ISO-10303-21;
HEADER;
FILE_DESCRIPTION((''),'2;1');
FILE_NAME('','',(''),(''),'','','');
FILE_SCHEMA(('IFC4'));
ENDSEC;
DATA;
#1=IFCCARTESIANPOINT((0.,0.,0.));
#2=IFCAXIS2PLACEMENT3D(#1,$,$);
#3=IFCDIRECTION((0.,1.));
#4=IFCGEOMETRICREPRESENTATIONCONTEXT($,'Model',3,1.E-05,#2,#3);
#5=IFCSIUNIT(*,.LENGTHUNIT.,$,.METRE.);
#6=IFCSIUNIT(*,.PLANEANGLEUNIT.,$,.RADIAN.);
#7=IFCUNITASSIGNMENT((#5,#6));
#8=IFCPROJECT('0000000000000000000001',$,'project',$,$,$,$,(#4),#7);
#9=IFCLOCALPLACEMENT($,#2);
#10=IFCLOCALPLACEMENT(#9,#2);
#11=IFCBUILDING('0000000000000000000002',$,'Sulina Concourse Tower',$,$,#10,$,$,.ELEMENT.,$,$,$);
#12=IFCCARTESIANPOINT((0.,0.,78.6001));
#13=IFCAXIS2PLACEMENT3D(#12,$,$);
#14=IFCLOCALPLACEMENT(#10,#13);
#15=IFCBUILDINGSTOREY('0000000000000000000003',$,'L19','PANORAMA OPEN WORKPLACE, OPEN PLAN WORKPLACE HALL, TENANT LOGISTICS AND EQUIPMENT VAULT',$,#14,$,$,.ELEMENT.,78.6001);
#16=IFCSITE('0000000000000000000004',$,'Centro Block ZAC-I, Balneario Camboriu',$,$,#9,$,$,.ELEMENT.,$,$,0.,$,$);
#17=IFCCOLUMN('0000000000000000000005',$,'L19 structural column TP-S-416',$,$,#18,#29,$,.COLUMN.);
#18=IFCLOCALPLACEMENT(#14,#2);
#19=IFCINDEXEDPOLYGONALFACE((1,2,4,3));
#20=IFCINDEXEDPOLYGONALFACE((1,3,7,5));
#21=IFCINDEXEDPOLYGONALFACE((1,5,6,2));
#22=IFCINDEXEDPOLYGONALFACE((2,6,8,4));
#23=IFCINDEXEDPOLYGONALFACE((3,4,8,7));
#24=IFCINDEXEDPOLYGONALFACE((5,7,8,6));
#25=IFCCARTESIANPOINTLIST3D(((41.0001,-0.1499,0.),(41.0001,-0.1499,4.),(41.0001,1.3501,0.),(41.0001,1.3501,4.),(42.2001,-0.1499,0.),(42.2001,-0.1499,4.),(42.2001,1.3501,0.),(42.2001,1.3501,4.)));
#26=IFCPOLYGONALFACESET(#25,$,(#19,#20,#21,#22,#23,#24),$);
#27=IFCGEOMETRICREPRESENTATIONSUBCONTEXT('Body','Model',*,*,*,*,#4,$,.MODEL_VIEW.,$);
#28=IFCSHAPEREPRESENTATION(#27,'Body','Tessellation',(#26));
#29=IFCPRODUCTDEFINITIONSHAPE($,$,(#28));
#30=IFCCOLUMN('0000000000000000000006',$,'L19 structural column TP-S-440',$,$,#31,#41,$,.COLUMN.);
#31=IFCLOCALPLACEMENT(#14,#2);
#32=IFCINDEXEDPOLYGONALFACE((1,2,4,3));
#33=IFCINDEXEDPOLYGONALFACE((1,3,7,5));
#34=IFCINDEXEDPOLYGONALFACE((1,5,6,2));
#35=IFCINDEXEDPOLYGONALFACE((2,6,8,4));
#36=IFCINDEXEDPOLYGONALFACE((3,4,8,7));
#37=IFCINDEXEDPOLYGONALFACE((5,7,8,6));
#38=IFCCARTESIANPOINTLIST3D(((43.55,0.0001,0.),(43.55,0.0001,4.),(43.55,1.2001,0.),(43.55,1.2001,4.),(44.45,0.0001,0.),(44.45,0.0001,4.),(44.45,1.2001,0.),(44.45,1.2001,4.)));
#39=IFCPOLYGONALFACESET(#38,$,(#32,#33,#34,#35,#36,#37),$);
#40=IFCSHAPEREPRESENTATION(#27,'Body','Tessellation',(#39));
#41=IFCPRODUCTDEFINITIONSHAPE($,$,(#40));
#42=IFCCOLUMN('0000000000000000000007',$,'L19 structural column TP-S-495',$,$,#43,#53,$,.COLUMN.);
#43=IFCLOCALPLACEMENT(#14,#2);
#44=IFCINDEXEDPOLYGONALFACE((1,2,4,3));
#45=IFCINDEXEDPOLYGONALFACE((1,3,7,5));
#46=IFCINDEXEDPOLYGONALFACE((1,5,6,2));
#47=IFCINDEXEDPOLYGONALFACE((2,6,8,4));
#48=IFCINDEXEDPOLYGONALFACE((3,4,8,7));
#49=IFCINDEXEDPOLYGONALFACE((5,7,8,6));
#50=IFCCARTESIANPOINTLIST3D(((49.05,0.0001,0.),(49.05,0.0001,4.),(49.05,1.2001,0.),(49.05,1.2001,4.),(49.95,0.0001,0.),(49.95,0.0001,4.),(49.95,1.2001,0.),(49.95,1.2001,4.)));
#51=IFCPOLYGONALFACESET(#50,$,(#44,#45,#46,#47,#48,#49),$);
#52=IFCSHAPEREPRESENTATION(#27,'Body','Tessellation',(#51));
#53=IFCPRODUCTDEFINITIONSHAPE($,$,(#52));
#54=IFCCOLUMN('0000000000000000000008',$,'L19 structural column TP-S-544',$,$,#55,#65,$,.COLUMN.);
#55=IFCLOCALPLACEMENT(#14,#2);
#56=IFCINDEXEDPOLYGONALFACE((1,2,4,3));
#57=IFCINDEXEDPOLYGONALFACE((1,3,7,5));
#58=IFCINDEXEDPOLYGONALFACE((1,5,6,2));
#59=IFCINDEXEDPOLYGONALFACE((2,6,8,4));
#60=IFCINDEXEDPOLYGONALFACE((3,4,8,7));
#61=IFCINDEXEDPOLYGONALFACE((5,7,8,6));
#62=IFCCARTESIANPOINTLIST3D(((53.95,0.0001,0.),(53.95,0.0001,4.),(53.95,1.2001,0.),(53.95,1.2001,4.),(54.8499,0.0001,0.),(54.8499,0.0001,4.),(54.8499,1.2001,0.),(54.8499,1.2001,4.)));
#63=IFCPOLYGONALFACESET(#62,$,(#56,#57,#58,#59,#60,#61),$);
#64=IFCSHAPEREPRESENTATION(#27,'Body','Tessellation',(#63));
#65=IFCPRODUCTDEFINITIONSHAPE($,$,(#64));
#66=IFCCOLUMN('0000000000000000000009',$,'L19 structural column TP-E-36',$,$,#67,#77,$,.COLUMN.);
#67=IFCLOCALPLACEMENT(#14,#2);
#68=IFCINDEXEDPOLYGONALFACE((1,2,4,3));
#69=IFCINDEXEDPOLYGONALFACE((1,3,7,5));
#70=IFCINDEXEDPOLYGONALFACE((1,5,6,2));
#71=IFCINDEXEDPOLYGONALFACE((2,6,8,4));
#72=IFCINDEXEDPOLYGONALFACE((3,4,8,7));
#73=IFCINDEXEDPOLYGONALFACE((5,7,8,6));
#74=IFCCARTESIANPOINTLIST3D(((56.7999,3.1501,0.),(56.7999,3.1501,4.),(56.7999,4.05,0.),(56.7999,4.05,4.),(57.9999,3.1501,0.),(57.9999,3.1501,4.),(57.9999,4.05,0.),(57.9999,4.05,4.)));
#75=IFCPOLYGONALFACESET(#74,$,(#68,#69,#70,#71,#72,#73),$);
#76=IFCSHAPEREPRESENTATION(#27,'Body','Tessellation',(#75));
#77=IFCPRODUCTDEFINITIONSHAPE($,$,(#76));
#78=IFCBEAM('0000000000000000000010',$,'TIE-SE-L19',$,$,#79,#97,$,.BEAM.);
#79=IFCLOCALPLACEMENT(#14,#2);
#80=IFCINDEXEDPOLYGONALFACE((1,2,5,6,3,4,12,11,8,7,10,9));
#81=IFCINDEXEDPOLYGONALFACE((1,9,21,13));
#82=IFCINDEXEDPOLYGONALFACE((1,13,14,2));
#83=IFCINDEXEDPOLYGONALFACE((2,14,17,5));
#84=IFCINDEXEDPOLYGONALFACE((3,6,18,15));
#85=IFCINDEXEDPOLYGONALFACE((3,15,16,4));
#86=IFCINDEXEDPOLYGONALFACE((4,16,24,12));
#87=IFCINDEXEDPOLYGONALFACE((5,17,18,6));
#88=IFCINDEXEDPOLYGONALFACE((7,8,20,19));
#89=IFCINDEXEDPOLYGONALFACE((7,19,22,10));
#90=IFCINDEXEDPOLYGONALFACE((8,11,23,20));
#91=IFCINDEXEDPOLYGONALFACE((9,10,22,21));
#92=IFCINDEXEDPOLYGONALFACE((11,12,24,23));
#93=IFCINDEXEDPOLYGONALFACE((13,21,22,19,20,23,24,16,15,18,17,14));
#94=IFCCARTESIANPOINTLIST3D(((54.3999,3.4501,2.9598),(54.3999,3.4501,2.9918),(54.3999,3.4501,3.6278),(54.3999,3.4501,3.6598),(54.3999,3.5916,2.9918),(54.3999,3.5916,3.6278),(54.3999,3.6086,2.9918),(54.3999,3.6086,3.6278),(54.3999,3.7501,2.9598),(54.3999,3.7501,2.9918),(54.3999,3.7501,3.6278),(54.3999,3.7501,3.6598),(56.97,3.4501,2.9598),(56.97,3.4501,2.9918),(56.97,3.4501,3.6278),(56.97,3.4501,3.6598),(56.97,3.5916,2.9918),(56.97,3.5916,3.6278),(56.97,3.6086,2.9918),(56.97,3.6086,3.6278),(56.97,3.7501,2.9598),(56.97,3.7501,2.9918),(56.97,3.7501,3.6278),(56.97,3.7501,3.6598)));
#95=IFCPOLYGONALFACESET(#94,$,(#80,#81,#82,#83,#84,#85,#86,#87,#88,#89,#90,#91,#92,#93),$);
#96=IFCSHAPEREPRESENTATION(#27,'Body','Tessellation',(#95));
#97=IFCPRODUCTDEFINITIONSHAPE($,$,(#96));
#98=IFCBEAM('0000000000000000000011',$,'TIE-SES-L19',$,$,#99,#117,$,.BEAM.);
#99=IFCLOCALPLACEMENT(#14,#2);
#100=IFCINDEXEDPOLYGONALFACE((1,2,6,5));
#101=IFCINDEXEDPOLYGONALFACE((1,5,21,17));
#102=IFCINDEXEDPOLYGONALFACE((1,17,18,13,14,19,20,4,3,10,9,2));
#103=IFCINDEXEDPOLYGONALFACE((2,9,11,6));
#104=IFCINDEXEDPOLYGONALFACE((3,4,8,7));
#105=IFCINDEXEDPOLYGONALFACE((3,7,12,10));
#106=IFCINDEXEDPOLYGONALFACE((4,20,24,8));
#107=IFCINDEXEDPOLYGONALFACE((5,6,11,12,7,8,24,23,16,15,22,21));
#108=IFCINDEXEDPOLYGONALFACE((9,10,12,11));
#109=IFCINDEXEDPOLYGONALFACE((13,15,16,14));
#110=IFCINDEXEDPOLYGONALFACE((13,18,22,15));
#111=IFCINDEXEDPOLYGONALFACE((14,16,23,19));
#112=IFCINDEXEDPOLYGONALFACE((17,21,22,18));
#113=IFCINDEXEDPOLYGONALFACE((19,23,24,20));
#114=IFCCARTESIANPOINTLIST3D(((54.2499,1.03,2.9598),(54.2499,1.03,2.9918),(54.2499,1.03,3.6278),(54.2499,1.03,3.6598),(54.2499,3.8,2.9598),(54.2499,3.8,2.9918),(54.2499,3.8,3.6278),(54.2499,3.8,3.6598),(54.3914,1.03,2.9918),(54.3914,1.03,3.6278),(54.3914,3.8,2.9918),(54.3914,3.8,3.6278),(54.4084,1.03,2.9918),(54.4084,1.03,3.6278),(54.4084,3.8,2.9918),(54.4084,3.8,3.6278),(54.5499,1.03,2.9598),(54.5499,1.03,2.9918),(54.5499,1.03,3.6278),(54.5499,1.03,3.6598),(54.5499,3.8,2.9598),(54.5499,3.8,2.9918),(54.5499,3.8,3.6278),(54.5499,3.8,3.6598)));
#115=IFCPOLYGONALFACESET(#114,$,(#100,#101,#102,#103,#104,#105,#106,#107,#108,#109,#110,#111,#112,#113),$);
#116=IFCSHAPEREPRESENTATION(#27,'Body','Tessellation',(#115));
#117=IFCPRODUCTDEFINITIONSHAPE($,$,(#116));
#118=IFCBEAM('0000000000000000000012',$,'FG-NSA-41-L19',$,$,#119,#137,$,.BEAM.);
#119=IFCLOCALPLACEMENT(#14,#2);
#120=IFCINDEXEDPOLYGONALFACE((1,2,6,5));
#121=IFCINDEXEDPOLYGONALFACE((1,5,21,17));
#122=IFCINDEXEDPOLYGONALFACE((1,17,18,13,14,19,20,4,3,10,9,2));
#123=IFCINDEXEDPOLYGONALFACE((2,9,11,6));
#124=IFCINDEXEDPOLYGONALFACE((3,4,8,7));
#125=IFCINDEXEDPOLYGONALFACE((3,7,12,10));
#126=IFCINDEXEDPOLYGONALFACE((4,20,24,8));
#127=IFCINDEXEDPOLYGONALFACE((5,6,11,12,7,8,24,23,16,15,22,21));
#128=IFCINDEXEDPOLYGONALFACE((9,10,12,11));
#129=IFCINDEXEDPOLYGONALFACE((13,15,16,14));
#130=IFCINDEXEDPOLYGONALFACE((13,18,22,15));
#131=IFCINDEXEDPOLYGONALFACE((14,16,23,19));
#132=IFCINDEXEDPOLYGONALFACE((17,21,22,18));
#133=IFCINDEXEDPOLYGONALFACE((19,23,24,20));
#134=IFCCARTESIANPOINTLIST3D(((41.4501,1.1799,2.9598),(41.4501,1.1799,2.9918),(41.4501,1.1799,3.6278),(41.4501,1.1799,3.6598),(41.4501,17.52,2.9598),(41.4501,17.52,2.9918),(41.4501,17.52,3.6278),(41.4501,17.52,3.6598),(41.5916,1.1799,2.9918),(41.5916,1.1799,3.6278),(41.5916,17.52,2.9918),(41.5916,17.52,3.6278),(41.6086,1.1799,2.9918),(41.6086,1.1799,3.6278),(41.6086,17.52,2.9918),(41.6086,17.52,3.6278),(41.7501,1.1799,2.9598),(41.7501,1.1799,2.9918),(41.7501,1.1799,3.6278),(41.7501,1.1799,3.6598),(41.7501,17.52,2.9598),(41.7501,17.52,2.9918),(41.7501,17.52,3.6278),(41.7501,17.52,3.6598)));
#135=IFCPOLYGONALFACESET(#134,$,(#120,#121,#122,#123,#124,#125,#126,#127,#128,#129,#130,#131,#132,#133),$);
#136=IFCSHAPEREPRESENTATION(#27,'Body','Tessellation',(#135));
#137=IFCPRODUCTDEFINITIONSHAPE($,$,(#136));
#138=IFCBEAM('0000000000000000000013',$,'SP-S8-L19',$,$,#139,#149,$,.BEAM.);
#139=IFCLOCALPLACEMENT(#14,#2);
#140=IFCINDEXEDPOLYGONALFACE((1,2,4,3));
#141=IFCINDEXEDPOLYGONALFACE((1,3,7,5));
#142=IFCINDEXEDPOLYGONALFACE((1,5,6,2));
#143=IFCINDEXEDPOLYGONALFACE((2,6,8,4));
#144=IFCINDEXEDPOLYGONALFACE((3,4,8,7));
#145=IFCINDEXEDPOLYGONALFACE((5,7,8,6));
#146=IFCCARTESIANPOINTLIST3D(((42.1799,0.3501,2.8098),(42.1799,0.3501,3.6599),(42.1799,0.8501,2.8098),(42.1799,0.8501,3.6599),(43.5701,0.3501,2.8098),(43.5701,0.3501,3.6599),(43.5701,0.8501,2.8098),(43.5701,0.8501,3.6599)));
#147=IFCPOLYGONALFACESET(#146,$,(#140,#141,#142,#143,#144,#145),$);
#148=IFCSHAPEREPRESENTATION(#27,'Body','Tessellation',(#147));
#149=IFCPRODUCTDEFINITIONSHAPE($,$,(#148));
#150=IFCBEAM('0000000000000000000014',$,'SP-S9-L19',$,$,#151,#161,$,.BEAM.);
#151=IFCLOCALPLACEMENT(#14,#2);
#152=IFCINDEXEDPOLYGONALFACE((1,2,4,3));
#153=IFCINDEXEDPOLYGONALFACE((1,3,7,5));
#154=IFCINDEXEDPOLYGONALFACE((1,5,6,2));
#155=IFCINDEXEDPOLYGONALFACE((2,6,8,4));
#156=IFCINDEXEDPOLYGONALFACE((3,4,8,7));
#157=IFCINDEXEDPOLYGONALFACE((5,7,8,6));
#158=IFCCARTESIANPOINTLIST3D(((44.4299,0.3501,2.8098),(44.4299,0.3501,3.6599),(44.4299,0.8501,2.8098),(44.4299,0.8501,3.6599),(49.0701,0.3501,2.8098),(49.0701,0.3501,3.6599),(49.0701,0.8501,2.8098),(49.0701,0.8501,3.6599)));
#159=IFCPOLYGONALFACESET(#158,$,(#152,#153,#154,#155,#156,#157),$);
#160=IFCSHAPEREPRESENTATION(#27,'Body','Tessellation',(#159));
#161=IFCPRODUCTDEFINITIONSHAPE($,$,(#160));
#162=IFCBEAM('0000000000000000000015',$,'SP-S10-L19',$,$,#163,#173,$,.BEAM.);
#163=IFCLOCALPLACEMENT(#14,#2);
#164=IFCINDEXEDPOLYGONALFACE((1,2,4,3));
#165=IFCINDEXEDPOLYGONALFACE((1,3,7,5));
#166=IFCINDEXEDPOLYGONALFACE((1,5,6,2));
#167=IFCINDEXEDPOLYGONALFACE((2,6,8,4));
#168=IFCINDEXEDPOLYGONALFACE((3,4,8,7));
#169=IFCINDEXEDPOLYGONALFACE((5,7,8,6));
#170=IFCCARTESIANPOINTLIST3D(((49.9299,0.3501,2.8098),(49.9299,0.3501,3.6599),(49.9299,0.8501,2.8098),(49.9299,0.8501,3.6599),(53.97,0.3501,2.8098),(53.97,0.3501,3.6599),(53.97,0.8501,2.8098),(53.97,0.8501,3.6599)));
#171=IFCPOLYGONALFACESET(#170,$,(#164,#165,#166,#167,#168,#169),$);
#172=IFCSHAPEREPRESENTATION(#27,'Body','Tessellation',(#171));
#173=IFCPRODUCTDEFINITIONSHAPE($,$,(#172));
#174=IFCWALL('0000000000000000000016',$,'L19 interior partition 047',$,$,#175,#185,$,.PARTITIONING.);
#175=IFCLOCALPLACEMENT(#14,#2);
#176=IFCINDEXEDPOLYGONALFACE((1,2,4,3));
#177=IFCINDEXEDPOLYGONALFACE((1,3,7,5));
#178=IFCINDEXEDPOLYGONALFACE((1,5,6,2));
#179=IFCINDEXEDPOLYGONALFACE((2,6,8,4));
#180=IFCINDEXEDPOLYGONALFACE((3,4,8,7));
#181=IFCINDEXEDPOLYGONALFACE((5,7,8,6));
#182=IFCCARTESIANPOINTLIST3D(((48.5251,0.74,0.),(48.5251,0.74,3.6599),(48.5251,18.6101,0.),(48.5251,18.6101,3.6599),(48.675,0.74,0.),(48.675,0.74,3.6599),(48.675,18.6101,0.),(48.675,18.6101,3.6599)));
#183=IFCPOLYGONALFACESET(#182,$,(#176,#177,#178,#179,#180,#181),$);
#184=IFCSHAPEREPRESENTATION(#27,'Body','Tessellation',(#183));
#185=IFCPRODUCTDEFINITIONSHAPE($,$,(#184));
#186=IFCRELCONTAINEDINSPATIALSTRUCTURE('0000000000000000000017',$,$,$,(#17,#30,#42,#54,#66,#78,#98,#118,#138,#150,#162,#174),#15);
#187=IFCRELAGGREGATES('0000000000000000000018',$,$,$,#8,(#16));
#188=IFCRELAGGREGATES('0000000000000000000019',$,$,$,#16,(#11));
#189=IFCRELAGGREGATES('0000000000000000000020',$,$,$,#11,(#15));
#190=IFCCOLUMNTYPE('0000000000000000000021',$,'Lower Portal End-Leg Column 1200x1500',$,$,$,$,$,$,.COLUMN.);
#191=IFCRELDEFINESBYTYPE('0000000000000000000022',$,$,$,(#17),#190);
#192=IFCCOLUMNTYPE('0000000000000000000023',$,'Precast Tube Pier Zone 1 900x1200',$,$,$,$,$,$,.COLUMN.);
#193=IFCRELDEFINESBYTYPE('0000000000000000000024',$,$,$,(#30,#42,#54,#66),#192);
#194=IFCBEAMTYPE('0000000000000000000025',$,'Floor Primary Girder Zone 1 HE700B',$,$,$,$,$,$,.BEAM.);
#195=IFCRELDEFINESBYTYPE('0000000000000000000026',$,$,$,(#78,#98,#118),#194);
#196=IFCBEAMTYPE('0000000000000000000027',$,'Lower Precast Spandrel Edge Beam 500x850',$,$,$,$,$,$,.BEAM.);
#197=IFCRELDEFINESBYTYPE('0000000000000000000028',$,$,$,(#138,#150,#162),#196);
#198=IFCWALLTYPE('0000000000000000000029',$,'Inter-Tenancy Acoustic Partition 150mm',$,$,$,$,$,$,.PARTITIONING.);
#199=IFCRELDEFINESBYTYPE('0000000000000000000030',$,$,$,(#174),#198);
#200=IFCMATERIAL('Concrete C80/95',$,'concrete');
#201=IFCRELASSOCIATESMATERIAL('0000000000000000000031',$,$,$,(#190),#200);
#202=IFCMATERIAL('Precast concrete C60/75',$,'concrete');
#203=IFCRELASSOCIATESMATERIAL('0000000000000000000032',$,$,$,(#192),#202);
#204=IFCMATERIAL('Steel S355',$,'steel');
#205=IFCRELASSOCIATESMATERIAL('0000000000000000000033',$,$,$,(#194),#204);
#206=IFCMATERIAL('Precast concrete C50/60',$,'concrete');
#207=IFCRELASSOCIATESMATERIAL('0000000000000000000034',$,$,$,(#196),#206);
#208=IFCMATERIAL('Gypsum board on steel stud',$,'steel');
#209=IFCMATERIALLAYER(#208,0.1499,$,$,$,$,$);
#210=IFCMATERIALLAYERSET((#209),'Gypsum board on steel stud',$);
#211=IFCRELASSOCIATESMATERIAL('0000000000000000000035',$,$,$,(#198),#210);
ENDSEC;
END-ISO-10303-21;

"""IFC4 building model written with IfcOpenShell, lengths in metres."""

from ifc_helpers import new_model, si_unit, direction, frame, frame_2d, origin, origin_2d, place, context, subcontext, project, spatial, rectangle, i_section, extrude, material, layer, layer_set, material_profile, profile_set, type_object, element, save


model = new_model("IFC4")

# Units and contexts
model_context = context("Model", 3, precision=1e-05, world=origin(), true_north=direction((0.0, 1.0)))
body_context = subcontext(model_context, "Body", "Model", "MODEL_VIEW")
ifc_project = project(units=[si_unit("LENGTHUNIT", "METRE"), si_unit("PLANEANGLEUNIT", "RADIAN")], contexts=[model_context])

# Site, building, storey
site_placement = place(None, origin())
site = spatial("IfcSite", under=ifc_project, at=site_placement, Name="Centro Block ZAC-I, Balneario Camboriu", CompositionType="ELEMENT", RefElevation=0.0)
building_placement = place(site_placement, origin())
building = spatial("IfcBuilding", under=site, at=building_placement, Name="Sulina Concourse Tower", CompositionType="ELEMENT")
storey_placement = place(building_placement, frame((0.0, 0.0, 78.6001)))
storey = spatial("IfcBuildingStorey", under=building, at=storey_placement, Name="L19", Description="PANORAMA OPEN WORKPLACE, OPEN PLAN WORKPLACE HALL, TENANT LOGISTICS AND EQUIPMENT VAULT", CompositionType="ELEMENT", Elevation=78.6001)

# Columns
ifc_material_1 = material(Name="Concrete C80/95", Category="concrete")
ifc_material_profile_1 = material_profile(ifc_material_1, rectangle(XDim=1.2, YDim=1.5, at=origin_2d()), Name="RC 1200x1500")
ifc_profile_set_1 = profile_set([ifc_material_profile_1], Name="Concrete C80/95")
column_type_1 = type_object("IfcColumnType", Name="Lower Portal End-Leg Column 1200x1500", PredefinedType="COLUMN", material=ifc_profile_set_1)
column_placement = place(storey_placement, frame((41.6001, 0.6001, 0.0), z_axis=(0.0, 0.0, 1.0), x_axis=(1.0, 0.0, 0.0)))
element("IfcColumn", 1, at=column_placement, inside=storey, type_object=column_type_1, Name="L19 structural column TP-S-416", PredefinedType="COLUMN", context=body_context, shape_type="SweptSolid", body=[
    extrude(rectangle(XDim=1.2, YDim=1.5, at=origin_2d()), origin(), (0.0, 0.0, 1.0), 4.0),
])
ifc_material_2 = material(Name="Precast concrete C60/75", Category="concrete")
ifc_material_profile_2 = material_profile(ifc_material_2, rectangle(XDim=0.8999, YDim=1.2, at=origin_2d()), Name="PC 900x1200")
ifc_profile_set_2 = profile_set([ifc_material_profile_2], Name="Precast concrete C60/75")
column_type_2 = type_object("IfcColumnType", Name="Precast Tube Pier Zone 1 900x1200", PredefinedType="COLUMN", material=ifc_profile_set_2)
for number, where, z_axis, x_axis, name in (
    (2, (44.0, 0.6001, 0.0), (0.0, 0.0, 1.0), (1.0, 0.0, 0.0), "L19 structural column TP-S-440"),
    (3, (49.5, 0.6001, 0.0), (0.0, 0.0, 1.0), (1.0, 0.0, 0.0), "L19 structural column TP-S-495"),
    (4, (54.3999, 0.6001, 0.0), (0.0, 0.0, 1.0), (1.0, 0.0, 0.0), "L19 structural column TP-S-544"),
    (5, (57.3999, 3.6001, 0.0), (0.0, 0.0, 1.0), (0.0, 1.0, 0.0), "L19 structural column TP-E-36"),
):
    element("IfcColumn", number, at=place(storey_placement, frame(where, z_axis=z_axis, x_axis=x_axis)), inside=storey, type_object=column_type_2, Name=name, PredefinedType="COLUMN", context=body_context, shape_type="SweptSolid", body=[
        extrude(rectangle(XDim=0.8999, YDim=1.2, at=origin_2d()), origin(), (0.0, 0.0, 1.0), 4.0),
    ])

# Beams
ifc_material_3 = material(Name="Steel S355", Category="steel")
ifc_material_profile_3 = material_profile(ifc_material_3, i_section(OverallWidth=0.3, OverallDepth=0.7, WebThickness=0.0171, FlangeThickness=0.032, at=origin_2d()), Name="HE 700 B")
ifc_profile_set_3 = profile_set([ifc_material_profile_3], Name="Steel S355")
beam_type_1 = type_object("IfcBeamType", Name="Floor Primary Girder Zone 1 HE700B", PredefinedType="BEAM", material=ifc_profile_set_3)
beam_1_placement = place(storey_placement, frame((54.3999, 3.6001, 3.3098), z_axis=(1.0, 0.0, 0.0), x_axis=(0.0, 1.0, 0.0)))
element("IfcBeam", 6, at=beam_1_placement, inside=storey, type_object=beam_type_1, Name="TIE-SE-L19", PredefinedType="BEAM", context=body_context, shape_type="SweptSolid", body=[
    extrude(i_section(OverallWidth=0.3, OverallDepth=0.7, WebThickness=0.0171, FlangeThickness=0.032, at=origin_2d()), origin(), (0.0, 0.0, 1.0), 2.5701),
])
beam_2_placement = place(storey_placement, frame((54.3999, 1.03, 3.3098), z_axis=(0.0, 1.0, 0.0), x_axis=(-1.0, 0.0, 0.0)))
element("IfcBeam", 7, at=beam_2_placement, inside=storey, type_object=beam_type_1, Name="TIE-SES-L19", PredefinedType="BEAM", context=body_context, shape_type="SweptSolid", body=[
    extrude(i_section(OverallWidth=0.3, OverallDepth=0.7, WebThickness=0.0171, FlangeThickness=0.032, at=origin_2d()), origin(), (0.0, 0.0, 1.0), 2.77),
])
beam_3_placement = place(storey_placement, frame((41.6001, 1.1799, 3.3098), z_axis=(0.0, 1.0, 0.0), x_axis=(-1.0, 0.0, 0.0)))
element("IfcBeam", 8, at=beam_3_placement, inside=storey, type_object=beam_type_1, Name="FG-NSA-41-L19", PredefinedType="BEAM", context=body_context, shape_type="SweptSolid", body=[
    extrude(i_section(OverallWidth=0.3, OverallDepth=0.7, WebThickness=0.0171, FlangeThickness=0.032, at=origin_2d()), origin(), (0.0, 0.0, 1.0), 16.3401),
])
ifc_material_4 = material(Name="Precast concrete C50/60", Category="concrete")
ifc_material_profile_4 = material_profile(ifc_material_4, rectangle(XDim=0.5, YDim=0.8501, at=origin_2d()), Name="RC 500x850")
ifc_profile_set_4 = profile_set([ifc_material_profile_4], Name="Precast concrete C50/60")
beam_type_2 = type_object("IfcBeamType", Name="Lower Precast Spandrel Edge Beam 500x850", PredefinedType="BEAM", material=ifc_profile_set_4)
beam_4_placement = place(storey_placement, frame((42.1799, 0.6001, 3.2349), z_axis=(1.0, 0.0, 0.0), x_axis=(0.0, 1.0, 0.0)))
element("IfcBeam", 9, at=beam_4_placement, inside=storey, type_object=beam_type_2, Name="SP-S8-L19", PredefinedType="BEAM", context=body_context, shape_type="SweptSolid", body=[
    extrude(rectangle(XDim=0.5, YDim=0.8501, at=origin_2d()), origin(), (0.0, 0.0, 1.0), 1.3901),
])
beam_5_placement = place(storey_placement, frame((44.4299, 0.6001, 3.2349), z_axis=(1.0, 0.0, 0.0), x_axis=(0.0, 1.0, 0.0)))
element("IfcBeam", 10, at=beam_5_placement, inside=storey, type_object=beam_type_2, Name="SP-S9-L19", PredefinedType="BEAM", context=body_context, shape_type="SweptSolid", body=[
    extrude(rectangle(XDim=0.5, YDim=0.8501, at=origin_2d()), origin(), (0.0, 0.0, 1.0), 4.6401),
])
beam_6_placement = place(storey_placement, frame((49.9299, 0.6001, 3.2349), z_axis=(1.0, 0.0, 0.0), x_axis=(0.0, 1.0, 0.0)))
element("IfcBeam", 11, at=beam_6_placement, inside=storey, type_object=beam_type_2, Name="SP-S10-L19", PredefinedType="BEAM", context=body_context, shape_type="SweptSolid", body=[
    extrude(rectangle(XDim=0.5, YDim=0.8501, at=origin_2d()), origin(), (0.0, 0.0, 1.0), 4.04),
])

# Wall
ifc_material_5 = material(Name="Gypsum board on steel stud", Category="steel")
ifc_layer_1 = layer(ifc_material_5, 0.1499)
ifc_layer_set_1 = layer_set([ifc_layer_1], Name="Gypsum board on steel stud")
wall_type_1 = type_object("IfcWallType", Name="Inter-Tenancy Acoustic Partition 150mm", PredefinedType="PARTITIONING", material=ifc_layer_set_1)
wall_1_placement = place(storey_placement, frame((48.6001, 0.74, 0.0), z_axis=(0.0, 0.0, 1.0), x_axis=(0.0, 1.0, 0.0)))
element("IfcWall", 12, at=wall_1_placement, inside=storey, type_object=wall_type_1, Name="L19 interior partition 047", PredefinedType="PARTITIONING", context=body_context, shape_type="SweptSolid", body=[
    extrude(rectangle(XDim=17.8701, YDim=0.1499, at=frame_2d((8.9351, 0.0))), origin(), (0.0, 0.0, 1.0), 3.6599),
])

save(model, "model.ifc")
